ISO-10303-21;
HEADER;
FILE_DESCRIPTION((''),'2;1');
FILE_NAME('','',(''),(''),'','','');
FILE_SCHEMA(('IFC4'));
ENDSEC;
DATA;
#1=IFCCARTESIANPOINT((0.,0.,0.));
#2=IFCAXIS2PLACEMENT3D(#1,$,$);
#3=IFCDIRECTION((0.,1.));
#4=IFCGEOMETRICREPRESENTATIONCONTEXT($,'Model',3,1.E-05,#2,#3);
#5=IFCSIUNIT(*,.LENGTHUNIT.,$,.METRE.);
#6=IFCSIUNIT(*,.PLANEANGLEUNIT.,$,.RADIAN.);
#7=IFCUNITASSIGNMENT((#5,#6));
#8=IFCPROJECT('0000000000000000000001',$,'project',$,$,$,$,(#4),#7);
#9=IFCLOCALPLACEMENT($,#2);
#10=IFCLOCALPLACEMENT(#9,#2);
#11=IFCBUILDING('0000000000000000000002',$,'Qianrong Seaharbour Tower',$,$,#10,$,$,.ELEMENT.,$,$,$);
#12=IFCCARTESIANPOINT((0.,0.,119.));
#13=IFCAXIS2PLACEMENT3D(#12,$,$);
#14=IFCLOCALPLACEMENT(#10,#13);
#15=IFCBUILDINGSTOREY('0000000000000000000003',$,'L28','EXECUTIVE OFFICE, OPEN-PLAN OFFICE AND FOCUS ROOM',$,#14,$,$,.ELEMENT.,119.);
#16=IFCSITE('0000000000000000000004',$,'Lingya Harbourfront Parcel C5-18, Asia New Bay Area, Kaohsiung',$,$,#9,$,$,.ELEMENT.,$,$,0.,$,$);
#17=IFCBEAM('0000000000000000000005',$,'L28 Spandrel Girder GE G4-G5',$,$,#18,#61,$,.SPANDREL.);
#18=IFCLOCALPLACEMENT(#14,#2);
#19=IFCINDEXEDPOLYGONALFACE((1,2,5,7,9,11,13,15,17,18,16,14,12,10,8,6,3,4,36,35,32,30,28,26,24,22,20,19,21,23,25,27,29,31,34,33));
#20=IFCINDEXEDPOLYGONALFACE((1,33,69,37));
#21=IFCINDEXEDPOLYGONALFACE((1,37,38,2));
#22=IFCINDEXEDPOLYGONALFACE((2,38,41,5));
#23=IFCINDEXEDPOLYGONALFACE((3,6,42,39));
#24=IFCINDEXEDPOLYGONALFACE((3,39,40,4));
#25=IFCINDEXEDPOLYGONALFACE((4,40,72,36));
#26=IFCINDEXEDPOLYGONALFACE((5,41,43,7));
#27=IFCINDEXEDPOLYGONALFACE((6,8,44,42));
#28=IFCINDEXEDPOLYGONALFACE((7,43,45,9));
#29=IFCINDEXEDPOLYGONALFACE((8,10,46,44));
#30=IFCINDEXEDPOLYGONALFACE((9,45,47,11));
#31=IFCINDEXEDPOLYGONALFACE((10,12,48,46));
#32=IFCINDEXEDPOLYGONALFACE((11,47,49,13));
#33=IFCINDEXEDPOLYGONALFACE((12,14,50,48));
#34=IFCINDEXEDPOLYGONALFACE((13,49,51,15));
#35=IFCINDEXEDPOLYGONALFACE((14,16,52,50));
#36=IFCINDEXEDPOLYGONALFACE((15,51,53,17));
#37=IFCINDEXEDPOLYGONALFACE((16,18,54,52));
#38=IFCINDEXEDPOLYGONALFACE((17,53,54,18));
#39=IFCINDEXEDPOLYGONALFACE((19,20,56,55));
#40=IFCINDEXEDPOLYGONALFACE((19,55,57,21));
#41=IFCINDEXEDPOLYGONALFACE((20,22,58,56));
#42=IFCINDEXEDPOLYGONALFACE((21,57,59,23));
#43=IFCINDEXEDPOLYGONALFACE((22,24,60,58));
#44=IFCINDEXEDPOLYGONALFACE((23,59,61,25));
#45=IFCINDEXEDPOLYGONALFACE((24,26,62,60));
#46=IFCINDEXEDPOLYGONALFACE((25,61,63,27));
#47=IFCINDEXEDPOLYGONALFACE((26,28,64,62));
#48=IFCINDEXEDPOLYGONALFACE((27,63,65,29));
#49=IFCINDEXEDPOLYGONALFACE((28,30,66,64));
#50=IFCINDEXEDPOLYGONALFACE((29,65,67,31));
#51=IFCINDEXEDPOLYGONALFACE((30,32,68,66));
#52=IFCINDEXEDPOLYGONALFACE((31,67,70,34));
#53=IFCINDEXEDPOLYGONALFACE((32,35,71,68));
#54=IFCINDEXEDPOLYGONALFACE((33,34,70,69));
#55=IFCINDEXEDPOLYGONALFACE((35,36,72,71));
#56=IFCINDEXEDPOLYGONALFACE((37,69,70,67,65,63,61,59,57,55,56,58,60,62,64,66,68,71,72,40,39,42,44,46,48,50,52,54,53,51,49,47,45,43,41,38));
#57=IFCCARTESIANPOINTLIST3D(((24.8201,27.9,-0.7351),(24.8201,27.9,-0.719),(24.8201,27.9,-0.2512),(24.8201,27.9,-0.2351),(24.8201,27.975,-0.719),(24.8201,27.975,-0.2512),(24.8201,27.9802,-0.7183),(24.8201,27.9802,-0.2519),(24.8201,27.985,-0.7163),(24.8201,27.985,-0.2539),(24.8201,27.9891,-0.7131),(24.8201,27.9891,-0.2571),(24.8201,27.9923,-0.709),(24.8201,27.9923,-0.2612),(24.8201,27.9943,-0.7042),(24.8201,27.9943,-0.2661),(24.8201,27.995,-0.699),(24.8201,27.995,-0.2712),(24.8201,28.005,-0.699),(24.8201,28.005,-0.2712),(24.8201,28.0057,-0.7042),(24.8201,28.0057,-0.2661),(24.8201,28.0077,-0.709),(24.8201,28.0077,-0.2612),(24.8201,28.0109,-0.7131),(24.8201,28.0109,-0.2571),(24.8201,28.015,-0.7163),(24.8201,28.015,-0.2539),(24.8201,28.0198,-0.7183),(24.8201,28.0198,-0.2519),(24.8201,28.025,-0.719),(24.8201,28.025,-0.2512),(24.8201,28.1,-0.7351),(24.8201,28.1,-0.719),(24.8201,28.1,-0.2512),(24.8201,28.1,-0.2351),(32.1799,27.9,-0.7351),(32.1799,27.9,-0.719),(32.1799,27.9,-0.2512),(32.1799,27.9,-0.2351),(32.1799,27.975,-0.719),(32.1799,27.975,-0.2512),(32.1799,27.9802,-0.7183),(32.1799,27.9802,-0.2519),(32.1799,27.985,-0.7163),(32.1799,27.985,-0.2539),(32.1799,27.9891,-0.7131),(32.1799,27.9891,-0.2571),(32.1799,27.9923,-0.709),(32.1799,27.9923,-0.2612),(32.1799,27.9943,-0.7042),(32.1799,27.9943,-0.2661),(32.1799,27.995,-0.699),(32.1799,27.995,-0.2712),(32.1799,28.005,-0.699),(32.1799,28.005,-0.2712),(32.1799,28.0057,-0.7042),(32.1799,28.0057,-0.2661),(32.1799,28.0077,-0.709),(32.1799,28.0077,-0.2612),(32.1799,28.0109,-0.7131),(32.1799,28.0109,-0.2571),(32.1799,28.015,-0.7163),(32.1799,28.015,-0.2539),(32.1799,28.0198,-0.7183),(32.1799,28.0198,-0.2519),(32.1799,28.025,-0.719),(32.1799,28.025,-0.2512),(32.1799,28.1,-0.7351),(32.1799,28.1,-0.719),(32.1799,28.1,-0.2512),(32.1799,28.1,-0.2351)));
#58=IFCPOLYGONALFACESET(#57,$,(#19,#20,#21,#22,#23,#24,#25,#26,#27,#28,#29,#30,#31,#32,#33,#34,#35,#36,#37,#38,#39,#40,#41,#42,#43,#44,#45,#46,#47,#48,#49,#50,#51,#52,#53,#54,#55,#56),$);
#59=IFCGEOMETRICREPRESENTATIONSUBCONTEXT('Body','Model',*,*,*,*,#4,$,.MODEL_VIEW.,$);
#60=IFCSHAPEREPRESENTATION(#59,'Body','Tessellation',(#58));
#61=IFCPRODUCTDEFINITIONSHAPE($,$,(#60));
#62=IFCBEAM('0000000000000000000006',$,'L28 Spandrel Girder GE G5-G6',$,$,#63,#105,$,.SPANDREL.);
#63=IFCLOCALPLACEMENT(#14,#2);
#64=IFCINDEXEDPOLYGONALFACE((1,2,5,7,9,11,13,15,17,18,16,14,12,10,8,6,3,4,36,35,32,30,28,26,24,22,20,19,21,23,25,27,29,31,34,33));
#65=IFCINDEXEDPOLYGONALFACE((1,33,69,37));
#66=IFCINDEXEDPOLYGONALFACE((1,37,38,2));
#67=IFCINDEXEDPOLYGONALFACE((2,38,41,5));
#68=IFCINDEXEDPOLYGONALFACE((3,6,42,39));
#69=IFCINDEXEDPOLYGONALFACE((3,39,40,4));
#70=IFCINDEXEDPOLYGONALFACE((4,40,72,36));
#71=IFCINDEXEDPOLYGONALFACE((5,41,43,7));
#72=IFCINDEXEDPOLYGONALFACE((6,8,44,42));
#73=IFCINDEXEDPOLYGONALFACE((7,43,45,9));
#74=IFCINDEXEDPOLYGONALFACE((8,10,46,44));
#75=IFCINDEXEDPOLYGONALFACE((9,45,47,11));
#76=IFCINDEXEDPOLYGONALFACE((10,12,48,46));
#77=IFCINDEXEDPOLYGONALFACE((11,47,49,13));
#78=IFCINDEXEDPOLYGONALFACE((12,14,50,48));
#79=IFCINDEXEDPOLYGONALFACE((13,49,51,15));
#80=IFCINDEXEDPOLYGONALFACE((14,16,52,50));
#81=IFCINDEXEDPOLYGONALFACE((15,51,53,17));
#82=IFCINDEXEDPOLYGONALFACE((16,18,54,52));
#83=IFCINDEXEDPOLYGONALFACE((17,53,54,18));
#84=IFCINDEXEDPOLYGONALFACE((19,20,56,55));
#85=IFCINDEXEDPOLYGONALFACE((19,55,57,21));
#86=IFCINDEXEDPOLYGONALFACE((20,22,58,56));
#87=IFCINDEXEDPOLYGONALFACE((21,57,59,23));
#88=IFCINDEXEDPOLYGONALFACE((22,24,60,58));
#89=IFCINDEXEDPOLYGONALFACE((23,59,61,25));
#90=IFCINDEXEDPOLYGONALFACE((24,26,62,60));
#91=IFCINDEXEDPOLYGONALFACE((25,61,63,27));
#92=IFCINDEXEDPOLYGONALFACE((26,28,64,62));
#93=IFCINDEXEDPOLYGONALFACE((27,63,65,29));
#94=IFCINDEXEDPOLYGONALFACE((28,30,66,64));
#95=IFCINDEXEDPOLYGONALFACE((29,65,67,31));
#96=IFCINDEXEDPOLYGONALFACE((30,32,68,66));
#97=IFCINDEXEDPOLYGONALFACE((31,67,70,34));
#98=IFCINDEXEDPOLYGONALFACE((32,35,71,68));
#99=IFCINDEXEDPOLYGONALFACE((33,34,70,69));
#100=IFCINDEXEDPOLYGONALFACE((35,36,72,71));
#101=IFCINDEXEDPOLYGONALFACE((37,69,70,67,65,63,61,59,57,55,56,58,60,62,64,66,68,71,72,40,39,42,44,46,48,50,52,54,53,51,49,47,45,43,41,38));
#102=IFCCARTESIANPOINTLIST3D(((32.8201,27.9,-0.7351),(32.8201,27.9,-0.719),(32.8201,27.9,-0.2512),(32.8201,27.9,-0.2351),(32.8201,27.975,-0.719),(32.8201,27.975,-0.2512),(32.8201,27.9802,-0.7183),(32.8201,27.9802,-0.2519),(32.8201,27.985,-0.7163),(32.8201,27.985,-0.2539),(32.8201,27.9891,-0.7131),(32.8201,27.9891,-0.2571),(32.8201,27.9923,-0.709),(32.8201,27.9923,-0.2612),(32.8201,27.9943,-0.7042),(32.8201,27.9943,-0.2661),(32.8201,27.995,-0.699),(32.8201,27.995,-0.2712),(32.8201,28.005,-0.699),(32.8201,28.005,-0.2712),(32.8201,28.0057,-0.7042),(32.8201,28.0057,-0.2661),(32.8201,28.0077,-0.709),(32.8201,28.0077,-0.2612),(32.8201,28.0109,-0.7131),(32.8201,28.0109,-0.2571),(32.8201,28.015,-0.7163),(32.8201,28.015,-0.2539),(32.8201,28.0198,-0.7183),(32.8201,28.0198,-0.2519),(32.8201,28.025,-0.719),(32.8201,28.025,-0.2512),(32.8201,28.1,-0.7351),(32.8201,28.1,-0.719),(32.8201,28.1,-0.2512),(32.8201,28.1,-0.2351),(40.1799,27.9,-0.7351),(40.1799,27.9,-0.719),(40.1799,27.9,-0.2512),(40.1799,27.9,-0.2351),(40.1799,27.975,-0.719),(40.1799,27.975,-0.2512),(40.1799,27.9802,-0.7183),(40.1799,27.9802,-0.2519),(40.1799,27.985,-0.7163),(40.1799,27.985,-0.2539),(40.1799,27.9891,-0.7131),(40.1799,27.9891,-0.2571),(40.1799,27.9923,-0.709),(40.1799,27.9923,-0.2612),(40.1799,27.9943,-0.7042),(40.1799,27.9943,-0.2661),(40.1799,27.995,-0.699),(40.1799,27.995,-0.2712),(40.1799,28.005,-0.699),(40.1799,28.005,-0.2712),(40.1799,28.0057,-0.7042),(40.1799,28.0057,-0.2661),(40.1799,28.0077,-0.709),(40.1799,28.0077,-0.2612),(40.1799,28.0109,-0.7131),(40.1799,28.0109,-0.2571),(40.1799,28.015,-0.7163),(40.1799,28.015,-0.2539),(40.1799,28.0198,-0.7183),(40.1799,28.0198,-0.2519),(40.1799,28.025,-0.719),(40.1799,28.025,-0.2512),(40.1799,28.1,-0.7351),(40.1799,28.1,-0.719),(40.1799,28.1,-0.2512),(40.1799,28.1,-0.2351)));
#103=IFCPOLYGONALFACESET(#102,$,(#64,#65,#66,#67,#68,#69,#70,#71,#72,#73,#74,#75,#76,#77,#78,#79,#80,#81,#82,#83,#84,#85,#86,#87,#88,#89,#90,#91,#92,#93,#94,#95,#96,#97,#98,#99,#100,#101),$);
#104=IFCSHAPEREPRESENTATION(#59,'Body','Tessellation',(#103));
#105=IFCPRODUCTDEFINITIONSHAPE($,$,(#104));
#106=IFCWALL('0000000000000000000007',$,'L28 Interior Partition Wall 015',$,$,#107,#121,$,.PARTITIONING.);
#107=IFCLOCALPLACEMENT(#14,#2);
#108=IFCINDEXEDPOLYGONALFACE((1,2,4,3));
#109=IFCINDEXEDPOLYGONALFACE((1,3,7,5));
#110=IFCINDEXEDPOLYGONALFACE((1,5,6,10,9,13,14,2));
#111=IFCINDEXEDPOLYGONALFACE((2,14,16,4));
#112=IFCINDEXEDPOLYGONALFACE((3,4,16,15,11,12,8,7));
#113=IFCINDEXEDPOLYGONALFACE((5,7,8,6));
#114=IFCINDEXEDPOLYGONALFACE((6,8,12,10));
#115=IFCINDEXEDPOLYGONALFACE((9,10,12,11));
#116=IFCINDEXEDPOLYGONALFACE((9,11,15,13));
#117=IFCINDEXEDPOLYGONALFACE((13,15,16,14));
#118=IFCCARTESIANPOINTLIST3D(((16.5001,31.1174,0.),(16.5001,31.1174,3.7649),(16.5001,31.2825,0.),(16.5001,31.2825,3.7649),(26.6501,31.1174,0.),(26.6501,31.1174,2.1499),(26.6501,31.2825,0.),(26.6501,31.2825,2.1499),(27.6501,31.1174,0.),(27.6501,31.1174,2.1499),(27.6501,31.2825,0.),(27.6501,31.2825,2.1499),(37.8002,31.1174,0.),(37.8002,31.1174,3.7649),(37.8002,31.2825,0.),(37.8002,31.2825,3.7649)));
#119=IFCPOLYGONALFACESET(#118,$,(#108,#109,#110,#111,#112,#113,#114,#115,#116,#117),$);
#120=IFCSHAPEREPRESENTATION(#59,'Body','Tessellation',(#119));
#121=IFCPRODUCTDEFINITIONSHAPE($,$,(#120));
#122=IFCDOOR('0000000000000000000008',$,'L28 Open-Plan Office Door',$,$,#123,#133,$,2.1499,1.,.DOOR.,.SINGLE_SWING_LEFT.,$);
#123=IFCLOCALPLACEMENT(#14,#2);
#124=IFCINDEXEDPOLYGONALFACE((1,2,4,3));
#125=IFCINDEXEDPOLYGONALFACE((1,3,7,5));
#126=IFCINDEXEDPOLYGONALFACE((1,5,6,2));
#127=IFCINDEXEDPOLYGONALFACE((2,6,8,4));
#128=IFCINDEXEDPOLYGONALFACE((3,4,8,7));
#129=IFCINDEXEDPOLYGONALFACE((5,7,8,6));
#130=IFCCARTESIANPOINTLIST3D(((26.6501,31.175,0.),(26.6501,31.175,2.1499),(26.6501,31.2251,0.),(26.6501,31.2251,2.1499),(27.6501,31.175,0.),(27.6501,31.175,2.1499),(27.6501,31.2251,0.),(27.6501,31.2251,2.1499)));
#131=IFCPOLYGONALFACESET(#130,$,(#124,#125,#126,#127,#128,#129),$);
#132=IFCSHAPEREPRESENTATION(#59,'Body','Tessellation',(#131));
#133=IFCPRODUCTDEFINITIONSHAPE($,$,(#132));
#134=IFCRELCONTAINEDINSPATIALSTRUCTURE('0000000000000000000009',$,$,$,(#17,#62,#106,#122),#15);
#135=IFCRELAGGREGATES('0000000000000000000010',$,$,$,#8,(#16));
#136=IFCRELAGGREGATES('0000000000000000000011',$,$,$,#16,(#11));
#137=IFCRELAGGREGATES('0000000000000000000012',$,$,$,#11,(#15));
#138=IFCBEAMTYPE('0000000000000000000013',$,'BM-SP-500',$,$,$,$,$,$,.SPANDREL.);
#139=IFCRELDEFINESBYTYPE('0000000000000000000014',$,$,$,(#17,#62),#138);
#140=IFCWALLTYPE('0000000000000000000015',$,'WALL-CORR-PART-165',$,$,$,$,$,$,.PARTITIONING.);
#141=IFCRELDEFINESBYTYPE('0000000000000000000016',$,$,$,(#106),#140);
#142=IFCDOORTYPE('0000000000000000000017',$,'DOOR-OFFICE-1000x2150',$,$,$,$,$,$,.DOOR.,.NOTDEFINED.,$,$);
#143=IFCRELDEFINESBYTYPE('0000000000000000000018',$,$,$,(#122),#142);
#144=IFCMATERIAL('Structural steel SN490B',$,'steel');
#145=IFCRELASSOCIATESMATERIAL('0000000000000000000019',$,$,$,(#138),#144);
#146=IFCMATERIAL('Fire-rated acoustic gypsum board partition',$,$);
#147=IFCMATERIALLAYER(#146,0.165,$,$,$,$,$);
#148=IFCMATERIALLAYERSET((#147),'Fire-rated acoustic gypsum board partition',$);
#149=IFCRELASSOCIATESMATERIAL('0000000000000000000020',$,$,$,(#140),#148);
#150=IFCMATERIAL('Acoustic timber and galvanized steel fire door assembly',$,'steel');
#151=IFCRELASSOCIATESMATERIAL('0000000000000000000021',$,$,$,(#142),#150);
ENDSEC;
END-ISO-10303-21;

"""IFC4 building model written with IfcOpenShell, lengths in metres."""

from ifc_helpers import new_model, si_unit, direction, frame, frame_2d, origin, origin_2d, place, context, subcontext, project, spatial, rectangle, i_section, extrude, material, layer, layer_set, material_profile, profile_set, type_object, element, fill, save


model = new_model("IFC4")

# Units and contexts
model_context = context("Model", 3, precision=1e-05, world=origin(), true_north=direction((0.0, 1.0)))
body_context = subcontext(model_context, "Body", "Model", "MODEL_VIEW")
ifc_project = project(units=[si_unit("LENGTHUNIT", "METRE"), si_unit("PLANEANGLEUNIT", "RADIAN")], contexts=[model_context])

# Site, building, storey
site_placement = place(None, origin())
site = spatial("IfcSite", under=ifc_project, at=site_placement, Name="Lingya Harbourfront Parcel C5-18, Asia New Bay Area, Kaohsiung", CompositionType="ELEMENT", RefElevation=0.0)
building_placement = place(site_placement, origin())
building = spatial("IfcBuilding", under=site, at=building_placement, Name="Qianrong Seaharbour Tower", CompositionType="ELEMENT")
storey_placement = place(building_placement, frame((0.0, 0.0, 119.0)))
storey = spatial("IfcBuildingStorey", under=building, at=storey_placement, Name="L28", Description="EXECUTIVE OFFICE, OPEN-PLAN OFFICE AND FOCUS ROOM", CompositionType="ELEMENT", Elevation=119.0)

# Shared definitions
ifc_material_1 = material(Name="Structural steel SN490B", Category="steel")

# Beams
ifc_material_profile_1 = material_profile(ifc_material_1, i_section(OverallWidth=0.2, OverallDepth=0.5, WebThickness=0.01, FlangeThickness=0.0161, FilletRadius=0.02, at=origin_2d()), Name="H500x200x10x16")
ifc_profile_set_1 = profile_set([ifc_material_profile_1], Name="Structural steel SN490B")
beam_type_1 = type_object("IfcBeamType", Name="BM-SP-500", PredefinedType="SPANDREL", material=ifc_profile_set_1)
for number, where, z_axis, x_axis, name in (
    (1, (24.8201, 28.0, -0.4851), (1.0, 0.0, 0.0), (0.0, 1.0, 0.0), "L28 Spandrel Girder GE G4-G5"),
    (2, (32.8201, 28.0, -0.4851), (1.0, 0.0, 0.0), (0.0, 1.0, 0.0), "L28 Spandrel Girder GE G5-G6"),
):
    element("IfcBeam", number, at=place(storey_placement, frame(where, z_axis=z_axis, x_axis=x_axis)), inside=storey, type_object=beam_type_1, Name=name, PredefinedType="SPANDREL", context=body_context, shape_type="SweptSolid", body=[
        extrude(i_section(OverallWidth=0.2, OverallDepth=0.5, WebThickness=0.01, FlangeThickness=0.0161, FilletRadius=0.02, at=origin_2d()), origin(), (0.0, 0.0, 1.0), 7.3599),
    ])

# Wall, opening, door
ifc_material_2 = material(Name="Fire-rated acoustic gypsum board partition")
ifc_layer_1 = layer(ifc_material_2, 0.165)
ifc_layer_set_1 = layer_set([ifc_layer_1], Name="Fire-rated acoustic gypsum board partition")
wall_type_1 = type_object("IfcWallType", Name="WALL-CORR-PART-165", PredefinedType="PARTITIONING", material=ifc_layer_set_1)
wall_1_placement = place(storey_placement, frame((37.8, 31.2, 0.0), z_axis=(0.0, 0.0, 1.0), x_axis=(-1.0, 0.0, 0.0)))
wall_1 = element("IfcWall", 3, at=wall_1_placement, inside=storey, type_object=wall_type_1, Name="L28 Interior Partition Wall 015", PredefinedType="PARTITIONING", context=body_context, shape_type="SweptSolid", body=[
    extrude(rectangle(XDim=21.3, YDim=0.165, at=frame_2d((10.6499, 0.0))), origin(), (0.0, 0.0, 1.0), 3.7649),
])
opening_1_placement = place(wall_1_placement, frame((10.1499, 0.0, 0.0)))
opening_1 = element("IfcOpeningElement", 4, at=opening_1_placement, cuts=wall_1, PredefinedType="OPENING", context=body_context, shape_type="SweptSolid", body=[
    extrude(rectangle(XDim=1.0, YDim=2.1499, at=frame_2d((0.5, 1.075))), frame((0.0, 0.0925, 0.0), z_axis=(0.0, -1.0, 0.0), x_axis=(1.0, 0.0, 0.0)), (0.0, 0.0, 1.0), 0.1851),
])
ifc_material_3 = material(Name="Acoustic timber and galvanized steel fire door assembly", Category="steel")
door_type_1 = type_object("IfcDoorType", Name="DOOR-OFFICE-1000x2150", OperationType="NOTDEFINED", PredefinedType="DOOR", material=ifc_material_3)
door_1_placement = place(opening_1_placement, origin())
door_1 = element("IfcDoor", 5, at=door_1_placement, inside=storey, type_object=door_type_1, Name="L28 Open-Plan Office Door", OperationType="SINGLE_SWING_LEFT", OverallHeight=2.1499, OverallWidth=1.0, PredefinedType="DOOR", context=body_context, shape_type="SweptSolid", body=[
    extrude(rectangle(XDim=1.0, YDim=2.1499, at=frame_2d((0.5, 1.075))), frame((0.0, 0.0249, 0.0), z_axis=(0.0, -1.0, 0.0), x_axis=(1.0, 0.0, 0.0)), (0.0, 0.0, 1.0), 0.05),
])
fill(opening_1, door_1)

save(model, "model.ifc")
